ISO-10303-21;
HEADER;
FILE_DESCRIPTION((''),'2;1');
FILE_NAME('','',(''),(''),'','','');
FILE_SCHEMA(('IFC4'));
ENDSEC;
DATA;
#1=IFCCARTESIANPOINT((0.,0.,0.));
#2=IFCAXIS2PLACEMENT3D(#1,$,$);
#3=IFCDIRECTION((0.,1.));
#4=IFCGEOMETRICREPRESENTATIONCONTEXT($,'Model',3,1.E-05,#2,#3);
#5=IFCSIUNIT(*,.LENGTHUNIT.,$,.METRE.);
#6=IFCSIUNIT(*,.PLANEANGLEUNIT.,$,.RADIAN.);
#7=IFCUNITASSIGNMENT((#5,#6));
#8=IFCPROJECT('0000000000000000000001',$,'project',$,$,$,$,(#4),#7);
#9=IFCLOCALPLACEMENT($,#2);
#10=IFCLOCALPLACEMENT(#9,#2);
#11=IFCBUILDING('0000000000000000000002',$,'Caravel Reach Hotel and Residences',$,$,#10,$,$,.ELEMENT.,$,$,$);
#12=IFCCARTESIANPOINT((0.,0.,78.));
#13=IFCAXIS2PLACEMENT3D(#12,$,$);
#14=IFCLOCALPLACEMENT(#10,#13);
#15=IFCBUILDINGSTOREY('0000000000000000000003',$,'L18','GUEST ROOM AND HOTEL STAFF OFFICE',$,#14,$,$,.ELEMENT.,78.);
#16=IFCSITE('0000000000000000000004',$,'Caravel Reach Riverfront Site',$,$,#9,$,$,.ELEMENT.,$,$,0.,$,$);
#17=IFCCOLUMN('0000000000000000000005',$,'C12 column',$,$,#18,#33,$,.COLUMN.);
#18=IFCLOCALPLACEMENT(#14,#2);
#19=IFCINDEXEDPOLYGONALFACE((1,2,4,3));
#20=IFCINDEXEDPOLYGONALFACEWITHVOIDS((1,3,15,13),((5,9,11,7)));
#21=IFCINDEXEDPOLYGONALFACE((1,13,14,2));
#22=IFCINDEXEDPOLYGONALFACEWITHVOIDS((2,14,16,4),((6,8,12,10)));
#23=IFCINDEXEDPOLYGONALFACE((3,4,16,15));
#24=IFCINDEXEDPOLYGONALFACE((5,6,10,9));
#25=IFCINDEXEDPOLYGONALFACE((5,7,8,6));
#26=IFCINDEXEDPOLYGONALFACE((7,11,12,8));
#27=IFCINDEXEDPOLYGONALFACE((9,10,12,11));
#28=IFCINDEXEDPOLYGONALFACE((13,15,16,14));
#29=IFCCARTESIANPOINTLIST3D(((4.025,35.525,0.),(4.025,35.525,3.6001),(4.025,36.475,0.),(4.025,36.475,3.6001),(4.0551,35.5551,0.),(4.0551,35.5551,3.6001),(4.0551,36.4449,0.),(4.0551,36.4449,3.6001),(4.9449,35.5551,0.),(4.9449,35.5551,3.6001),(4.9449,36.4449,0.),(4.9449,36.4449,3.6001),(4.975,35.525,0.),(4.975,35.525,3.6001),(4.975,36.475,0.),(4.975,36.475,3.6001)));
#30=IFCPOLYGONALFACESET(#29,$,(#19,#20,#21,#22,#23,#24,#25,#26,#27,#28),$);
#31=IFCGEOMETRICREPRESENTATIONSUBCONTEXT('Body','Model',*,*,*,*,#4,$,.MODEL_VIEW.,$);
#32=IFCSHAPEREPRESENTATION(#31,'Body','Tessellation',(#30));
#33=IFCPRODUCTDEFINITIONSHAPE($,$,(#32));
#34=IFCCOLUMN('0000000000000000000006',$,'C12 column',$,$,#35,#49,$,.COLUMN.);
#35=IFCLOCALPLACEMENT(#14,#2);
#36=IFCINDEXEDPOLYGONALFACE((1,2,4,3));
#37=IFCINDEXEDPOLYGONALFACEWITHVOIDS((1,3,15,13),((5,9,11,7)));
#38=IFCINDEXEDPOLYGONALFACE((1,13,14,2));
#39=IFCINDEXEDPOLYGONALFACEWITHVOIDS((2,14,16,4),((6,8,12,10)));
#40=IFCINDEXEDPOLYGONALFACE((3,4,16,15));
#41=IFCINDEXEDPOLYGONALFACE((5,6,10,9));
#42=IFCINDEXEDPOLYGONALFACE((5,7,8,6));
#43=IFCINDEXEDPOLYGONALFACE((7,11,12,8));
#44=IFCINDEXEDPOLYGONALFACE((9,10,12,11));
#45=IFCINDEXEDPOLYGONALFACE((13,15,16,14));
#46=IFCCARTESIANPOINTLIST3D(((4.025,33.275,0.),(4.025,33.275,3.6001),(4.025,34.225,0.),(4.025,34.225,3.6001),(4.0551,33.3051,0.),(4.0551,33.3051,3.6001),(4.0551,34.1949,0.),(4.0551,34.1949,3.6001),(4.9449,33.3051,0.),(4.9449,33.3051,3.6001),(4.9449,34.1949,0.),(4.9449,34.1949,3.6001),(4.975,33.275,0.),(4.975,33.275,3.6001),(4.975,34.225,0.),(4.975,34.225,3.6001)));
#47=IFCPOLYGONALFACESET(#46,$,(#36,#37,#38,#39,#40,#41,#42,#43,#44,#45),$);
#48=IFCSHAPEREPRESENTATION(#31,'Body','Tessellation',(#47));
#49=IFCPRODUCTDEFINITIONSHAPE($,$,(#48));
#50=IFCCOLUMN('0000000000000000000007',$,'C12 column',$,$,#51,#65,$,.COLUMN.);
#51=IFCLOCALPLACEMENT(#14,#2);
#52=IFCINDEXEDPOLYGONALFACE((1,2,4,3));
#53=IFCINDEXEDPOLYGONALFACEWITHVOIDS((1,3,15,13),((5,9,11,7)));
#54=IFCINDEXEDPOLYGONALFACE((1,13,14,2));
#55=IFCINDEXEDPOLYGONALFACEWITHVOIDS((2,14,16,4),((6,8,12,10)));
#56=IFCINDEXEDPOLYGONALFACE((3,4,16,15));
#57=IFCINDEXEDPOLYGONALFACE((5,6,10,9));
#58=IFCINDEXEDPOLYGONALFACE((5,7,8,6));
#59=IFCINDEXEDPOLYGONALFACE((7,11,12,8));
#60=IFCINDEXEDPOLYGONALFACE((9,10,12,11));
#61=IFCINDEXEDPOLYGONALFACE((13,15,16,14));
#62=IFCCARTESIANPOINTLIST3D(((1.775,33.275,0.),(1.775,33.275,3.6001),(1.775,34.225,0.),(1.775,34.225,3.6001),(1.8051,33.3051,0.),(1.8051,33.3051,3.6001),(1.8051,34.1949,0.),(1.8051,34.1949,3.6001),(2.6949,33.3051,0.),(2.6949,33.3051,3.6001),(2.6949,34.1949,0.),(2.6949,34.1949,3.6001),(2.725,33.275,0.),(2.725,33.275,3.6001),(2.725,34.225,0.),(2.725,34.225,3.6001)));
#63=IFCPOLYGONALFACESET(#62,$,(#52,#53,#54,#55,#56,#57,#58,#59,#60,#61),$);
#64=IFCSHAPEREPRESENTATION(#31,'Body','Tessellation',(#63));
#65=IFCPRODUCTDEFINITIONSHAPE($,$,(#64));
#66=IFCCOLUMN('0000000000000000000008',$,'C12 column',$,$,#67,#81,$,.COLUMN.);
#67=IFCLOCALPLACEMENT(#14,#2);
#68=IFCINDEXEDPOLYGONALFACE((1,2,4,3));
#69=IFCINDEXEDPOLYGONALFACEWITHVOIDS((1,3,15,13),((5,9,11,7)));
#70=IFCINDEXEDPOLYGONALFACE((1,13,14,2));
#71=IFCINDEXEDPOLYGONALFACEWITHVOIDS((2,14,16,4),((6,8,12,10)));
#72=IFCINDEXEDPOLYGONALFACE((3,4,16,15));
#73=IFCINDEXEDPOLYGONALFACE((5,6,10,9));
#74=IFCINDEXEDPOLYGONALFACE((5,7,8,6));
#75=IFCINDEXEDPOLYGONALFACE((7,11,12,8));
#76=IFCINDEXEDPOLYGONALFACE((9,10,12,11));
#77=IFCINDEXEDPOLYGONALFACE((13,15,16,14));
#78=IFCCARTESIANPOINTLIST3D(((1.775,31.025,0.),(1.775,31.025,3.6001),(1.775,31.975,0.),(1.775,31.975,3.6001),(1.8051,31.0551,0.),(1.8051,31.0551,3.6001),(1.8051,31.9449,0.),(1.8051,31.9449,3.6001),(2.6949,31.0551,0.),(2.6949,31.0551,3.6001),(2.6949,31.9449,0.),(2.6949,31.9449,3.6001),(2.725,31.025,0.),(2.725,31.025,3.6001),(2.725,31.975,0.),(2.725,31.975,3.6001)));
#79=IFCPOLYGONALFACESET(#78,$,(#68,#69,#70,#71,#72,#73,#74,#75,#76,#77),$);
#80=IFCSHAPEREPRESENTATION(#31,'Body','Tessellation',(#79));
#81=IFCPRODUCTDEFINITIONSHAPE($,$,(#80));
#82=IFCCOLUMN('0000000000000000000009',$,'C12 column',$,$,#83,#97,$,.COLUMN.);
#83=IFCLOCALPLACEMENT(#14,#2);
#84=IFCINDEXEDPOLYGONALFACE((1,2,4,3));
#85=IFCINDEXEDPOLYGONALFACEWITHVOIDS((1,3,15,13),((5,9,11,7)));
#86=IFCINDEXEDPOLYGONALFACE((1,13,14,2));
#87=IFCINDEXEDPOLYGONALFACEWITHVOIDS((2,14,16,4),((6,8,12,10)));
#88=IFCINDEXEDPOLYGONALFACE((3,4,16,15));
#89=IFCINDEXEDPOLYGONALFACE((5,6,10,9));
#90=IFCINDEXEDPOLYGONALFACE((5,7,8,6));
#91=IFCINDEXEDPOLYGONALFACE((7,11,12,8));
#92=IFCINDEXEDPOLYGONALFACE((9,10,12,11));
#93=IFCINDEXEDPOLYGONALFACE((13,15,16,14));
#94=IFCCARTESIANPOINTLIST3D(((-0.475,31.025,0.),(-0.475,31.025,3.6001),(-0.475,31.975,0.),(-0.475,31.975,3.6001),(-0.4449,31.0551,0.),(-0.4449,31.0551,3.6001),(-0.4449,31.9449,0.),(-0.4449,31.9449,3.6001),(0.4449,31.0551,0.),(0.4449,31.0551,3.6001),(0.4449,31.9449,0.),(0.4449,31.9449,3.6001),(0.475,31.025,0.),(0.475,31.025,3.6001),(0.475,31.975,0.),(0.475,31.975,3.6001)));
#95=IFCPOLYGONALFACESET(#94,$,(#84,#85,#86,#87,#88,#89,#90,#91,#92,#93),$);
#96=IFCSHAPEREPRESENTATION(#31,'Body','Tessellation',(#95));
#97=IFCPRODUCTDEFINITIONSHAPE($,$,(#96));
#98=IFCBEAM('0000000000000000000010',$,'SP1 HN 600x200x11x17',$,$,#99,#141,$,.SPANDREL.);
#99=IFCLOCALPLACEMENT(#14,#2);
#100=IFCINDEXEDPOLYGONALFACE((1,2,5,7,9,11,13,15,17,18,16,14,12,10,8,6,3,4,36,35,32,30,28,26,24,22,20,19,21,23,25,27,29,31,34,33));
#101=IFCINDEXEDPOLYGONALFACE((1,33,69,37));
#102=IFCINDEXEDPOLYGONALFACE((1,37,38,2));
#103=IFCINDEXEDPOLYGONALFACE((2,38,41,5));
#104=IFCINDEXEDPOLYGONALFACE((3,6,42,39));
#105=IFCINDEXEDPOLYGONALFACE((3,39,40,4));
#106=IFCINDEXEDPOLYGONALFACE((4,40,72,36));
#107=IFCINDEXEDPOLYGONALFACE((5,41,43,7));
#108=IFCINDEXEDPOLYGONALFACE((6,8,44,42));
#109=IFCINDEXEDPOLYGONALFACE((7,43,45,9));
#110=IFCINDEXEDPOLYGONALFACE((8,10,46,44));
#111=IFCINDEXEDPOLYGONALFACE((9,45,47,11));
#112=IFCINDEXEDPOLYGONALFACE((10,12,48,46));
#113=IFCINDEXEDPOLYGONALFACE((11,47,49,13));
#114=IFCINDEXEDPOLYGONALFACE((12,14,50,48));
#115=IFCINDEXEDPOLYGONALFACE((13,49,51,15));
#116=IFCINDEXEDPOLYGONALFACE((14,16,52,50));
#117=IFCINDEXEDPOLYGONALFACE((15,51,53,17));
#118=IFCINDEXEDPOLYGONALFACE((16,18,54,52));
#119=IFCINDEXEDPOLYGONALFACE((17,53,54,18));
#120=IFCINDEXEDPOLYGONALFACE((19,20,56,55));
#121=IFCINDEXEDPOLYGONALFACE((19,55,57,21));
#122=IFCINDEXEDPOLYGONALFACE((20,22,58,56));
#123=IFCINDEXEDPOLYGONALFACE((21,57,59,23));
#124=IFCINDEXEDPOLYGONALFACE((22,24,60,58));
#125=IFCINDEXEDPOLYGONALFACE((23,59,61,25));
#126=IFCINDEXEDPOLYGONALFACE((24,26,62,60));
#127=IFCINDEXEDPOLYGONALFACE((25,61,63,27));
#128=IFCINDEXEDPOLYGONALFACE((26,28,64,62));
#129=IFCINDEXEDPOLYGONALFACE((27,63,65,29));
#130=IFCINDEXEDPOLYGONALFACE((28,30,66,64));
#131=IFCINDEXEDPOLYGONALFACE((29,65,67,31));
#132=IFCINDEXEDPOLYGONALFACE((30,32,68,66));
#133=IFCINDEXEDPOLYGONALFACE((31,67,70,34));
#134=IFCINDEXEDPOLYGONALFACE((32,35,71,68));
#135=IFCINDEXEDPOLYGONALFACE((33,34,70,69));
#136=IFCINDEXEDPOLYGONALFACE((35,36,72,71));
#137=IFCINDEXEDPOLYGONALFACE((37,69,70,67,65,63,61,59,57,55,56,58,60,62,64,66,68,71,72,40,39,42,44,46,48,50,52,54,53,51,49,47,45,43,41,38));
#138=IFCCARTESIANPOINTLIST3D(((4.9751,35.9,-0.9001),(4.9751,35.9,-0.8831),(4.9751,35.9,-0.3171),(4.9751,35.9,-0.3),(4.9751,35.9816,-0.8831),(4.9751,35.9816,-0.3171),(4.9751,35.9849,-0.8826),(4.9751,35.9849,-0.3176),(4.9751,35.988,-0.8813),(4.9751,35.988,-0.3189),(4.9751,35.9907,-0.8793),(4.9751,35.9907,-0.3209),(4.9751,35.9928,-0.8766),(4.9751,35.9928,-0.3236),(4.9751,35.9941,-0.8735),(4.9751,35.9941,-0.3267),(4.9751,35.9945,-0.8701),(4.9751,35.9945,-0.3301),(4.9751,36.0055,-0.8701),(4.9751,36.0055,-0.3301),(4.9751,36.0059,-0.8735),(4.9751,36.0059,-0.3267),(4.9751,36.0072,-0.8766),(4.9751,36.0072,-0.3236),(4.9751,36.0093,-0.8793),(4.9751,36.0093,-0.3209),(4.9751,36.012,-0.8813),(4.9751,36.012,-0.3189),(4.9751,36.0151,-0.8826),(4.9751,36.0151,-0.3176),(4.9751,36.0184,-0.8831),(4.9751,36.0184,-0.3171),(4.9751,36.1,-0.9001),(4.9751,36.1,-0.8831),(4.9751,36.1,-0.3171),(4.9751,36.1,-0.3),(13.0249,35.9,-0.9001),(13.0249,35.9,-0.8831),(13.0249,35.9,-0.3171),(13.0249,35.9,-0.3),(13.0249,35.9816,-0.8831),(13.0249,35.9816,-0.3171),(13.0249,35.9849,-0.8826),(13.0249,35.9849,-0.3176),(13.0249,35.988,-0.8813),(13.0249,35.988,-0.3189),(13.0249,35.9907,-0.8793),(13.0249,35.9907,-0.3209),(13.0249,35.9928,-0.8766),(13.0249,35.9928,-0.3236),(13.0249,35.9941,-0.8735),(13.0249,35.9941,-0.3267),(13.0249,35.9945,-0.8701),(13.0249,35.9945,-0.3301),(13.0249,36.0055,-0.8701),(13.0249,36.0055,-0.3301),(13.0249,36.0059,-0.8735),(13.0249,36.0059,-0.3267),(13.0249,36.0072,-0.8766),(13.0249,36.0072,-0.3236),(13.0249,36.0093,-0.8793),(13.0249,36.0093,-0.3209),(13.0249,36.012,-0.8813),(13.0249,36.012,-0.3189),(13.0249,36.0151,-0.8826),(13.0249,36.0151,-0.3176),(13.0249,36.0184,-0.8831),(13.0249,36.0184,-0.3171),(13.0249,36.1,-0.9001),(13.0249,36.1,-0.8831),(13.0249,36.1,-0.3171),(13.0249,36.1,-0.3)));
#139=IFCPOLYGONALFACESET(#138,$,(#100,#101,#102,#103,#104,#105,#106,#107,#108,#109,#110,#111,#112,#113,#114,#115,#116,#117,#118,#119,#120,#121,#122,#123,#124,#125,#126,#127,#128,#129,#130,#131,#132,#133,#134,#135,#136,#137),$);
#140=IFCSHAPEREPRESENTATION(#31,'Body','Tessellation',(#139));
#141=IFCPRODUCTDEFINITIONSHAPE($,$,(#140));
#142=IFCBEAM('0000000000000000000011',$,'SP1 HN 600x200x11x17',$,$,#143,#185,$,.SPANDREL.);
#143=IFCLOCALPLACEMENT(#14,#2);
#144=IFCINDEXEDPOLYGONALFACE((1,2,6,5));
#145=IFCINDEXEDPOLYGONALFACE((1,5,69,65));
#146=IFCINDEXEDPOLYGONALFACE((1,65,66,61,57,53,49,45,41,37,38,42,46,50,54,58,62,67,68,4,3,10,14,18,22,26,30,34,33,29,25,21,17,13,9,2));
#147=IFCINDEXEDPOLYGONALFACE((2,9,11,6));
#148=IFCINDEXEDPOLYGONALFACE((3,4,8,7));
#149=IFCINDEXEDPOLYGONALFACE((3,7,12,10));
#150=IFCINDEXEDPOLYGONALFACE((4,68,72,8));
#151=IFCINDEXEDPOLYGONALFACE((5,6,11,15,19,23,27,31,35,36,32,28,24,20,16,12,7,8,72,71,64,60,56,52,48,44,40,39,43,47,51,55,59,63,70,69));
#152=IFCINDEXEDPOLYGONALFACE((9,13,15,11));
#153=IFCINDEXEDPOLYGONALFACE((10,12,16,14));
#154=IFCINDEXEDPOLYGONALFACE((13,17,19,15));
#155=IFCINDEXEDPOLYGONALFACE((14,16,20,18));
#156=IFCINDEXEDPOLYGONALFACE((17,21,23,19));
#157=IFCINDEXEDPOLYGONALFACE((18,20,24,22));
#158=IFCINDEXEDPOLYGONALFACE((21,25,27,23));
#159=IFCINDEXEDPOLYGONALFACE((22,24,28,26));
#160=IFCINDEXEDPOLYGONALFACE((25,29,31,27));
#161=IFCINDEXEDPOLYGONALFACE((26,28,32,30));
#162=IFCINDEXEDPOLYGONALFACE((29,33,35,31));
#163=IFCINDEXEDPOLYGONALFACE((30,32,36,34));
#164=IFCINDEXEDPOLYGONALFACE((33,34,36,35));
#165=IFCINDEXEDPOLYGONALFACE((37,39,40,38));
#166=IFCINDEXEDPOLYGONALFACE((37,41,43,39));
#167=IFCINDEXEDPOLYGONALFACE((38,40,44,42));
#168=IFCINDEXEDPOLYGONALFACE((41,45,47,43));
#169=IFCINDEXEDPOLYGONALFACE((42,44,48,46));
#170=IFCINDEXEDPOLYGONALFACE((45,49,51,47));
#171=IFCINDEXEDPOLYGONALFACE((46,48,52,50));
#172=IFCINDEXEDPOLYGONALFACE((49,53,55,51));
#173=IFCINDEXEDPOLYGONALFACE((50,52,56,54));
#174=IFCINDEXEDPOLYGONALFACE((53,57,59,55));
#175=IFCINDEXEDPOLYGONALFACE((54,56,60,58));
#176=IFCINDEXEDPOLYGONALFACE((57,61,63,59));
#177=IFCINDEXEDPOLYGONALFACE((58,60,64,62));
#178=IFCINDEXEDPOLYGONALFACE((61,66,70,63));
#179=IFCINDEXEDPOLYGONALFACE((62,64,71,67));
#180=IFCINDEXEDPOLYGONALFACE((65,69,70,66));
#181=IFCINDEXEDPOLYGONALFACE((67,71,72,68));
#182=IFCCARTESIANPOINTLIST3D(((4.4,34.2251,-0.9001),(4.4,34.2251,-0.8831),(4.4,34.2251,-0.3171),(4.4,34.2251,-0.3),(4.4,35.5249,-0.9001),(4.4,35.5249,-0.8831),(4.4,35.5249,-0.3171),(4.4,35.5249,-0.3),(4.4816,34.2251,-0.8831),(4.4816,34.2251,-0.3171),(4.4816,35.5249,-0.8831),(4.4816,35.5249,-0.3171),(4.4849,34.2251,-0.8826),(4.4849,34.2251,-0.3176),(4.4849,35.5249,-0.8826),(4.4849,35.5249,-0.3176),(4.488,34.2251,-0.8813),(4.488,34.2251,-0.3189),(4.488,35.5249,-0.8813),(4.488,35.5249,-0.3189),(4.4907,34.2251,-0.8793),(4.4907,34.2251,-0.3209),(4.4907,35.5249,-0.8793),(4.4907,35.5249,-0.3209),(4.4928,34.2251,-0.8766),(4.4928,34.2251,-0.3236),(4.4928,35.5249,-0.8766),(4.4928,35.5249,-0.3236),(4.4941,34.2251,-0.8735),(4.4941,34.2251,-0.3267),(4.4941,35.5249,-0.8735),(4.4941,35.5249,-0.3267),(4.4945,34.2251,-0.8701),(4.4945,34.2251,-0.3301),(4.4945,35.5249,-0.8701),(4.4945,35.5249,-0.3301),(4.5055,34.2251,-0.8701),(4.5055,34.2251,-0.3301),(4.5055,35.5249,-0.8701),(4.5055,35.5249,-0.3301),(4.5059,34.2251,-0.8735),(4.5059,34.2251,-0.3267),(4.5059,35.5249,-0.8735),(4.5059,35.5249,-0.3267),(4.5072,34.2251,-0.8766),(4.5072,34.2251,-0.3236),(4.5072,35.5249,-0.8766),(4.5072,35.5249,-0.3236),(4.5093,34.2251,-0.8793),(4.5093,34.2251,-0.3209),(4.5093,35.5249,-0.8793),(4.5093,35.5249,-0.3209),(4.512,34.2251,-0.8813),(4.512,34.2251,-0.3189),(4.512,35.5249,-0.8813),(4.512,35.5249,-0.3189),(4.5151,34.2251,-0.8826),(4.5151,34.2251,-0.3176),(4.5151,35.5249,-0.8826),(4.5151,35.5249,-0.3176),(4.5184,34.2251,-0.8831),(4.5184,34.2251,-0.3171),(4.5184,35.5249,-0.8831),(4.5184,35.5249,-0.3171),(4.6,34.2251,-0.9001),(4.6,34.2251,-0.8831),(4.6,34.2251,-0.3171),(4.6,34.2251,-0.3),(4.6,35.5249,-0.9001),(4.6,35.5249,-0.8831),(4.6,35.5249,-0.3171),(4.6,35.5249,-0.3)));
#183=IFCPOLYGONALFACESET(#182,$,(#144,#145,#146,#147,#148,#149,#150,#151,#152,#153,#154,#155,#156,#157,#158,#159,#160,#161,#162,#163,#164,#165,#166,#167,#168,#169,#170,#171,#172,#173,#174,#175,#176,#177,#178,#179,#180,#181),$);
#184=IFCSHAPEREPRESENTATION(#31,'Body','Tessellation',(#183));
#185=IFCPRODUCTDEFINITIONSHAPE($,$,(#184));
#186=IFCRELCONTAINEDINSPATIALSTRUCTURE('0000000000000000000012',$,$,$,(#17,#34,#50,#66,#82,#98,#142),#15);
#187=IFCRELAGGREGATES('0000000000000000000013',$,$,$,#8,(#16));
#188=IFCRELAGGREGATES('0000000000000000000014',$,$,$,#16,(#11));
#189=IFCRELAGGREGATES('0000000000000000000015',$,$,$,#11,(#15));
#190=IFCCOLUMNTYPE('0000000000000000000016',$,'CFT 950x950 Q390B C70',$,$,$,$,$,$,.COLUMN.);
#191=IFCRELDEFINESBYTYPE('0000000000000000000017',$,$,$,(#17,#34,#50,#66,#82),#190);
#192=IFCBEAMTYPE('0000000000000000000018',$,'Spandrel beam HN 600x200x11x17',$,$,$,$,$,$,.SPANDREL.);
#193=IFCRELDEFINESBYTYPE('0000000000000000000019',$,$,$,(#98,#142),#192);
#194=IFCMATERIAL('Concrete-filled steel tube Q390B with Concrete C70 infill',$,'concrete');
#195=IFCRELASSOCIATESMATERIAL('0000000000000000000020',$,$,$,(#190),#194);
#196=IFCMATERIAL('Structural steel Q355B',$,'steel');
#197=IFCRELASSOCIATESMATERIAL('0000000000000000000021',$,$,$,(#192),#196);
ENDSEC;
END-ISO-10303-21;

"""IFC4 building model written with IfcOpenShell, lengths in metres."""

from ifc_helpers import new_model, si_unit, direction, frame, origin, origin_2d, place, context, subcontext, project, spatial, hollow_rectangle, i_section, extrude, material, material_profile, profile_set, type_object, element, save


model = new_model("IFC4")

# Units and contexts
model_context = context("Model", 3, precision=1e-05, world=origin(), true_north=direction((0.0, 1.0)))
body_context = subcontext(model_context, "Body", "Model", "MODEL_VIEW")
ifc_project = project(units=[si_unit("LENGTHUNIT", "METRE"), si_unit("PLANEANGLEUNIT", "RADIAN")], contexts=[model_context])

# Site, building, storey
site_placement = place(None, origin())
site = spatial("IfcSite", under=ifc_project, at=site_placement, Name="Caravel Reach Riverfront Site", CompositionType="ELEMENT", RefElevation=0.0)
building_placement = place(site_placement, origin())
building = spatial("IfcBuilding", under=site, at=building_placement, Name="Caravel Reach Hotel and Residences", CompositionType="ELEMENT")
storey_placement = place(building_placement, frame((0.0, 0.0, 78.0)))
storey = spatial("IfcBuildingStorey", under=building, at=storey_placement, Name="L18", Description="GUEST ROOM AND HOTEL STAFF OFFICE", CompositionType="ELEMENT", Elevation=78.0)

# Columns
ifc_material_1 = material(Name="Concrete-filled steel tube Q390B with Concrete C70 infill", Category="concrete")
ifc_material_profile_1 = material_profile(ifc_material_1, hollow_rectangle(XDim=0.95, YDim=0.95, WallThickness=0.03, at=origin_2d()), Name="RHS 950x950x30")
ifc_profile_set_1 = profile_set([ifc_material_profile_1], Name="Concrete-filled steel tube Q390B with Concrete C70 infill")
column_type = type_object("IfcColumnType", Name="CFT 950x950 Q390B C70", PredefinedType="COLUMN", material=ifc_profile_set_1)
for number, where, z_axis, x_axis, name in (
    (1, (4.5, 36.0, 0.0), (0.0, 0.0, 1.0), (1.0, 0.0, 0.0), "C12 column"),
    (2, (4.5, 33.75, 0.0), (0.0, 0.0, 1.0), (1.0, 0.0, 0.0), "C12 column"),
    (3, (2.25, 33.75, 0.0), (0.0, 0.0, 1.0), (1.0, 0.0, 0.0), "C12 column"),
    (4, (2.25, 31.5, 0.0), (0.0, 0.0, 1.0), (1.0, 0.0, 0.0), "C12 column"),
    (5, (0.0, 31.5, 0.0), (0.0, 0.0, 1.0), (1.0, 0.0, 0.0), "C12 column"),
):
    element("IfcColumn", number, at=place(storey_placement, frame(where, z_axis=z_axis, x_axis=x_axis)), inside=storey, type_object=column_type, Name=name, PredefinedType="COLUMN", context=body_context, shape_type="SweptSolid", body=[
        extrude(hollow_rectangle(XDim=0.95, YDim=0.95, WallThickness=0.03, at=origin_2d()), origin(), (0.0, 0.0, 1.0), 3.6001),
    ])

# Beams
ifc_material_2 = material(Name="Structural steel Q355B", Category="steel")
ifc_material_profile_2 = material_profile(ifc_material_2, i_section(OverallWidth=0.2, OverallDepth=0.6001, WebThickness=0.011, FlangeThickness=0.0171, FilletRadius=0.0129, at=origin_2d()), Name="HN 600x200x11x17")
ifc_profile_set_2 = profile_set([ifc_material_profile_2], Name="Structural steel Q355B")
beam_type = type_object("IfcBeamType", Name="Spandrel beam HN 600x200x11x17", PredefinedType="SPANDREL", material=ifc_profile_set_2)
beam_1_placement = place(storey_placement, frame((13.0249, 36.0, -0.6001), z_axis=(-1.0, 0.0, 0.0), x_axis=(0.0, -1.0, 0.0)))
element("IfcBeam", 6, at=beam_1_placement, inside=storey, type_object=beam_type, Name="SP1 HN 600x200x11x17", PredefinedType="SPANDREL", context=body_context, shape_type="SweptSolid", body=[
    extrude(i_section(OverallWidth=0.2, OverallDepth=0.6001, WebThickness=0.011, FlangeThickness=0.0171, FilletRadius=0.0129, at=origin_2d()), origin(), (0.0, 0.0, 1.0), 8.0498),
])
for number, where, z_axis, x_axis, name in (
    (7, (4.5, 35.5249, -0.6001), (0.0, -1.0, 0.0), (1.0, 0.0, 0.0), "SP1 HN 600x200x11x17"),
):
    element("IfcBeam", number, at=place(storey_placement, frame(where, z_axis=z_axis, x_axis=x_axis)), inside=storey, type_object=beam_type, Name=name, PredefinedType="SPANDREL", context=body_context, shape_type="SweptSolid", body=[
        extrude(i_section(OverallWidth=0.2, OverallDepth=0.6001, WebThickness=0.011, FlangeThickness=0.0171, FilletRadius=0.0129, at=origin_2d()), origin(), (0.0, 0.0, 1.0), 1.2998),
    ])

save(model, "model.ifc")
